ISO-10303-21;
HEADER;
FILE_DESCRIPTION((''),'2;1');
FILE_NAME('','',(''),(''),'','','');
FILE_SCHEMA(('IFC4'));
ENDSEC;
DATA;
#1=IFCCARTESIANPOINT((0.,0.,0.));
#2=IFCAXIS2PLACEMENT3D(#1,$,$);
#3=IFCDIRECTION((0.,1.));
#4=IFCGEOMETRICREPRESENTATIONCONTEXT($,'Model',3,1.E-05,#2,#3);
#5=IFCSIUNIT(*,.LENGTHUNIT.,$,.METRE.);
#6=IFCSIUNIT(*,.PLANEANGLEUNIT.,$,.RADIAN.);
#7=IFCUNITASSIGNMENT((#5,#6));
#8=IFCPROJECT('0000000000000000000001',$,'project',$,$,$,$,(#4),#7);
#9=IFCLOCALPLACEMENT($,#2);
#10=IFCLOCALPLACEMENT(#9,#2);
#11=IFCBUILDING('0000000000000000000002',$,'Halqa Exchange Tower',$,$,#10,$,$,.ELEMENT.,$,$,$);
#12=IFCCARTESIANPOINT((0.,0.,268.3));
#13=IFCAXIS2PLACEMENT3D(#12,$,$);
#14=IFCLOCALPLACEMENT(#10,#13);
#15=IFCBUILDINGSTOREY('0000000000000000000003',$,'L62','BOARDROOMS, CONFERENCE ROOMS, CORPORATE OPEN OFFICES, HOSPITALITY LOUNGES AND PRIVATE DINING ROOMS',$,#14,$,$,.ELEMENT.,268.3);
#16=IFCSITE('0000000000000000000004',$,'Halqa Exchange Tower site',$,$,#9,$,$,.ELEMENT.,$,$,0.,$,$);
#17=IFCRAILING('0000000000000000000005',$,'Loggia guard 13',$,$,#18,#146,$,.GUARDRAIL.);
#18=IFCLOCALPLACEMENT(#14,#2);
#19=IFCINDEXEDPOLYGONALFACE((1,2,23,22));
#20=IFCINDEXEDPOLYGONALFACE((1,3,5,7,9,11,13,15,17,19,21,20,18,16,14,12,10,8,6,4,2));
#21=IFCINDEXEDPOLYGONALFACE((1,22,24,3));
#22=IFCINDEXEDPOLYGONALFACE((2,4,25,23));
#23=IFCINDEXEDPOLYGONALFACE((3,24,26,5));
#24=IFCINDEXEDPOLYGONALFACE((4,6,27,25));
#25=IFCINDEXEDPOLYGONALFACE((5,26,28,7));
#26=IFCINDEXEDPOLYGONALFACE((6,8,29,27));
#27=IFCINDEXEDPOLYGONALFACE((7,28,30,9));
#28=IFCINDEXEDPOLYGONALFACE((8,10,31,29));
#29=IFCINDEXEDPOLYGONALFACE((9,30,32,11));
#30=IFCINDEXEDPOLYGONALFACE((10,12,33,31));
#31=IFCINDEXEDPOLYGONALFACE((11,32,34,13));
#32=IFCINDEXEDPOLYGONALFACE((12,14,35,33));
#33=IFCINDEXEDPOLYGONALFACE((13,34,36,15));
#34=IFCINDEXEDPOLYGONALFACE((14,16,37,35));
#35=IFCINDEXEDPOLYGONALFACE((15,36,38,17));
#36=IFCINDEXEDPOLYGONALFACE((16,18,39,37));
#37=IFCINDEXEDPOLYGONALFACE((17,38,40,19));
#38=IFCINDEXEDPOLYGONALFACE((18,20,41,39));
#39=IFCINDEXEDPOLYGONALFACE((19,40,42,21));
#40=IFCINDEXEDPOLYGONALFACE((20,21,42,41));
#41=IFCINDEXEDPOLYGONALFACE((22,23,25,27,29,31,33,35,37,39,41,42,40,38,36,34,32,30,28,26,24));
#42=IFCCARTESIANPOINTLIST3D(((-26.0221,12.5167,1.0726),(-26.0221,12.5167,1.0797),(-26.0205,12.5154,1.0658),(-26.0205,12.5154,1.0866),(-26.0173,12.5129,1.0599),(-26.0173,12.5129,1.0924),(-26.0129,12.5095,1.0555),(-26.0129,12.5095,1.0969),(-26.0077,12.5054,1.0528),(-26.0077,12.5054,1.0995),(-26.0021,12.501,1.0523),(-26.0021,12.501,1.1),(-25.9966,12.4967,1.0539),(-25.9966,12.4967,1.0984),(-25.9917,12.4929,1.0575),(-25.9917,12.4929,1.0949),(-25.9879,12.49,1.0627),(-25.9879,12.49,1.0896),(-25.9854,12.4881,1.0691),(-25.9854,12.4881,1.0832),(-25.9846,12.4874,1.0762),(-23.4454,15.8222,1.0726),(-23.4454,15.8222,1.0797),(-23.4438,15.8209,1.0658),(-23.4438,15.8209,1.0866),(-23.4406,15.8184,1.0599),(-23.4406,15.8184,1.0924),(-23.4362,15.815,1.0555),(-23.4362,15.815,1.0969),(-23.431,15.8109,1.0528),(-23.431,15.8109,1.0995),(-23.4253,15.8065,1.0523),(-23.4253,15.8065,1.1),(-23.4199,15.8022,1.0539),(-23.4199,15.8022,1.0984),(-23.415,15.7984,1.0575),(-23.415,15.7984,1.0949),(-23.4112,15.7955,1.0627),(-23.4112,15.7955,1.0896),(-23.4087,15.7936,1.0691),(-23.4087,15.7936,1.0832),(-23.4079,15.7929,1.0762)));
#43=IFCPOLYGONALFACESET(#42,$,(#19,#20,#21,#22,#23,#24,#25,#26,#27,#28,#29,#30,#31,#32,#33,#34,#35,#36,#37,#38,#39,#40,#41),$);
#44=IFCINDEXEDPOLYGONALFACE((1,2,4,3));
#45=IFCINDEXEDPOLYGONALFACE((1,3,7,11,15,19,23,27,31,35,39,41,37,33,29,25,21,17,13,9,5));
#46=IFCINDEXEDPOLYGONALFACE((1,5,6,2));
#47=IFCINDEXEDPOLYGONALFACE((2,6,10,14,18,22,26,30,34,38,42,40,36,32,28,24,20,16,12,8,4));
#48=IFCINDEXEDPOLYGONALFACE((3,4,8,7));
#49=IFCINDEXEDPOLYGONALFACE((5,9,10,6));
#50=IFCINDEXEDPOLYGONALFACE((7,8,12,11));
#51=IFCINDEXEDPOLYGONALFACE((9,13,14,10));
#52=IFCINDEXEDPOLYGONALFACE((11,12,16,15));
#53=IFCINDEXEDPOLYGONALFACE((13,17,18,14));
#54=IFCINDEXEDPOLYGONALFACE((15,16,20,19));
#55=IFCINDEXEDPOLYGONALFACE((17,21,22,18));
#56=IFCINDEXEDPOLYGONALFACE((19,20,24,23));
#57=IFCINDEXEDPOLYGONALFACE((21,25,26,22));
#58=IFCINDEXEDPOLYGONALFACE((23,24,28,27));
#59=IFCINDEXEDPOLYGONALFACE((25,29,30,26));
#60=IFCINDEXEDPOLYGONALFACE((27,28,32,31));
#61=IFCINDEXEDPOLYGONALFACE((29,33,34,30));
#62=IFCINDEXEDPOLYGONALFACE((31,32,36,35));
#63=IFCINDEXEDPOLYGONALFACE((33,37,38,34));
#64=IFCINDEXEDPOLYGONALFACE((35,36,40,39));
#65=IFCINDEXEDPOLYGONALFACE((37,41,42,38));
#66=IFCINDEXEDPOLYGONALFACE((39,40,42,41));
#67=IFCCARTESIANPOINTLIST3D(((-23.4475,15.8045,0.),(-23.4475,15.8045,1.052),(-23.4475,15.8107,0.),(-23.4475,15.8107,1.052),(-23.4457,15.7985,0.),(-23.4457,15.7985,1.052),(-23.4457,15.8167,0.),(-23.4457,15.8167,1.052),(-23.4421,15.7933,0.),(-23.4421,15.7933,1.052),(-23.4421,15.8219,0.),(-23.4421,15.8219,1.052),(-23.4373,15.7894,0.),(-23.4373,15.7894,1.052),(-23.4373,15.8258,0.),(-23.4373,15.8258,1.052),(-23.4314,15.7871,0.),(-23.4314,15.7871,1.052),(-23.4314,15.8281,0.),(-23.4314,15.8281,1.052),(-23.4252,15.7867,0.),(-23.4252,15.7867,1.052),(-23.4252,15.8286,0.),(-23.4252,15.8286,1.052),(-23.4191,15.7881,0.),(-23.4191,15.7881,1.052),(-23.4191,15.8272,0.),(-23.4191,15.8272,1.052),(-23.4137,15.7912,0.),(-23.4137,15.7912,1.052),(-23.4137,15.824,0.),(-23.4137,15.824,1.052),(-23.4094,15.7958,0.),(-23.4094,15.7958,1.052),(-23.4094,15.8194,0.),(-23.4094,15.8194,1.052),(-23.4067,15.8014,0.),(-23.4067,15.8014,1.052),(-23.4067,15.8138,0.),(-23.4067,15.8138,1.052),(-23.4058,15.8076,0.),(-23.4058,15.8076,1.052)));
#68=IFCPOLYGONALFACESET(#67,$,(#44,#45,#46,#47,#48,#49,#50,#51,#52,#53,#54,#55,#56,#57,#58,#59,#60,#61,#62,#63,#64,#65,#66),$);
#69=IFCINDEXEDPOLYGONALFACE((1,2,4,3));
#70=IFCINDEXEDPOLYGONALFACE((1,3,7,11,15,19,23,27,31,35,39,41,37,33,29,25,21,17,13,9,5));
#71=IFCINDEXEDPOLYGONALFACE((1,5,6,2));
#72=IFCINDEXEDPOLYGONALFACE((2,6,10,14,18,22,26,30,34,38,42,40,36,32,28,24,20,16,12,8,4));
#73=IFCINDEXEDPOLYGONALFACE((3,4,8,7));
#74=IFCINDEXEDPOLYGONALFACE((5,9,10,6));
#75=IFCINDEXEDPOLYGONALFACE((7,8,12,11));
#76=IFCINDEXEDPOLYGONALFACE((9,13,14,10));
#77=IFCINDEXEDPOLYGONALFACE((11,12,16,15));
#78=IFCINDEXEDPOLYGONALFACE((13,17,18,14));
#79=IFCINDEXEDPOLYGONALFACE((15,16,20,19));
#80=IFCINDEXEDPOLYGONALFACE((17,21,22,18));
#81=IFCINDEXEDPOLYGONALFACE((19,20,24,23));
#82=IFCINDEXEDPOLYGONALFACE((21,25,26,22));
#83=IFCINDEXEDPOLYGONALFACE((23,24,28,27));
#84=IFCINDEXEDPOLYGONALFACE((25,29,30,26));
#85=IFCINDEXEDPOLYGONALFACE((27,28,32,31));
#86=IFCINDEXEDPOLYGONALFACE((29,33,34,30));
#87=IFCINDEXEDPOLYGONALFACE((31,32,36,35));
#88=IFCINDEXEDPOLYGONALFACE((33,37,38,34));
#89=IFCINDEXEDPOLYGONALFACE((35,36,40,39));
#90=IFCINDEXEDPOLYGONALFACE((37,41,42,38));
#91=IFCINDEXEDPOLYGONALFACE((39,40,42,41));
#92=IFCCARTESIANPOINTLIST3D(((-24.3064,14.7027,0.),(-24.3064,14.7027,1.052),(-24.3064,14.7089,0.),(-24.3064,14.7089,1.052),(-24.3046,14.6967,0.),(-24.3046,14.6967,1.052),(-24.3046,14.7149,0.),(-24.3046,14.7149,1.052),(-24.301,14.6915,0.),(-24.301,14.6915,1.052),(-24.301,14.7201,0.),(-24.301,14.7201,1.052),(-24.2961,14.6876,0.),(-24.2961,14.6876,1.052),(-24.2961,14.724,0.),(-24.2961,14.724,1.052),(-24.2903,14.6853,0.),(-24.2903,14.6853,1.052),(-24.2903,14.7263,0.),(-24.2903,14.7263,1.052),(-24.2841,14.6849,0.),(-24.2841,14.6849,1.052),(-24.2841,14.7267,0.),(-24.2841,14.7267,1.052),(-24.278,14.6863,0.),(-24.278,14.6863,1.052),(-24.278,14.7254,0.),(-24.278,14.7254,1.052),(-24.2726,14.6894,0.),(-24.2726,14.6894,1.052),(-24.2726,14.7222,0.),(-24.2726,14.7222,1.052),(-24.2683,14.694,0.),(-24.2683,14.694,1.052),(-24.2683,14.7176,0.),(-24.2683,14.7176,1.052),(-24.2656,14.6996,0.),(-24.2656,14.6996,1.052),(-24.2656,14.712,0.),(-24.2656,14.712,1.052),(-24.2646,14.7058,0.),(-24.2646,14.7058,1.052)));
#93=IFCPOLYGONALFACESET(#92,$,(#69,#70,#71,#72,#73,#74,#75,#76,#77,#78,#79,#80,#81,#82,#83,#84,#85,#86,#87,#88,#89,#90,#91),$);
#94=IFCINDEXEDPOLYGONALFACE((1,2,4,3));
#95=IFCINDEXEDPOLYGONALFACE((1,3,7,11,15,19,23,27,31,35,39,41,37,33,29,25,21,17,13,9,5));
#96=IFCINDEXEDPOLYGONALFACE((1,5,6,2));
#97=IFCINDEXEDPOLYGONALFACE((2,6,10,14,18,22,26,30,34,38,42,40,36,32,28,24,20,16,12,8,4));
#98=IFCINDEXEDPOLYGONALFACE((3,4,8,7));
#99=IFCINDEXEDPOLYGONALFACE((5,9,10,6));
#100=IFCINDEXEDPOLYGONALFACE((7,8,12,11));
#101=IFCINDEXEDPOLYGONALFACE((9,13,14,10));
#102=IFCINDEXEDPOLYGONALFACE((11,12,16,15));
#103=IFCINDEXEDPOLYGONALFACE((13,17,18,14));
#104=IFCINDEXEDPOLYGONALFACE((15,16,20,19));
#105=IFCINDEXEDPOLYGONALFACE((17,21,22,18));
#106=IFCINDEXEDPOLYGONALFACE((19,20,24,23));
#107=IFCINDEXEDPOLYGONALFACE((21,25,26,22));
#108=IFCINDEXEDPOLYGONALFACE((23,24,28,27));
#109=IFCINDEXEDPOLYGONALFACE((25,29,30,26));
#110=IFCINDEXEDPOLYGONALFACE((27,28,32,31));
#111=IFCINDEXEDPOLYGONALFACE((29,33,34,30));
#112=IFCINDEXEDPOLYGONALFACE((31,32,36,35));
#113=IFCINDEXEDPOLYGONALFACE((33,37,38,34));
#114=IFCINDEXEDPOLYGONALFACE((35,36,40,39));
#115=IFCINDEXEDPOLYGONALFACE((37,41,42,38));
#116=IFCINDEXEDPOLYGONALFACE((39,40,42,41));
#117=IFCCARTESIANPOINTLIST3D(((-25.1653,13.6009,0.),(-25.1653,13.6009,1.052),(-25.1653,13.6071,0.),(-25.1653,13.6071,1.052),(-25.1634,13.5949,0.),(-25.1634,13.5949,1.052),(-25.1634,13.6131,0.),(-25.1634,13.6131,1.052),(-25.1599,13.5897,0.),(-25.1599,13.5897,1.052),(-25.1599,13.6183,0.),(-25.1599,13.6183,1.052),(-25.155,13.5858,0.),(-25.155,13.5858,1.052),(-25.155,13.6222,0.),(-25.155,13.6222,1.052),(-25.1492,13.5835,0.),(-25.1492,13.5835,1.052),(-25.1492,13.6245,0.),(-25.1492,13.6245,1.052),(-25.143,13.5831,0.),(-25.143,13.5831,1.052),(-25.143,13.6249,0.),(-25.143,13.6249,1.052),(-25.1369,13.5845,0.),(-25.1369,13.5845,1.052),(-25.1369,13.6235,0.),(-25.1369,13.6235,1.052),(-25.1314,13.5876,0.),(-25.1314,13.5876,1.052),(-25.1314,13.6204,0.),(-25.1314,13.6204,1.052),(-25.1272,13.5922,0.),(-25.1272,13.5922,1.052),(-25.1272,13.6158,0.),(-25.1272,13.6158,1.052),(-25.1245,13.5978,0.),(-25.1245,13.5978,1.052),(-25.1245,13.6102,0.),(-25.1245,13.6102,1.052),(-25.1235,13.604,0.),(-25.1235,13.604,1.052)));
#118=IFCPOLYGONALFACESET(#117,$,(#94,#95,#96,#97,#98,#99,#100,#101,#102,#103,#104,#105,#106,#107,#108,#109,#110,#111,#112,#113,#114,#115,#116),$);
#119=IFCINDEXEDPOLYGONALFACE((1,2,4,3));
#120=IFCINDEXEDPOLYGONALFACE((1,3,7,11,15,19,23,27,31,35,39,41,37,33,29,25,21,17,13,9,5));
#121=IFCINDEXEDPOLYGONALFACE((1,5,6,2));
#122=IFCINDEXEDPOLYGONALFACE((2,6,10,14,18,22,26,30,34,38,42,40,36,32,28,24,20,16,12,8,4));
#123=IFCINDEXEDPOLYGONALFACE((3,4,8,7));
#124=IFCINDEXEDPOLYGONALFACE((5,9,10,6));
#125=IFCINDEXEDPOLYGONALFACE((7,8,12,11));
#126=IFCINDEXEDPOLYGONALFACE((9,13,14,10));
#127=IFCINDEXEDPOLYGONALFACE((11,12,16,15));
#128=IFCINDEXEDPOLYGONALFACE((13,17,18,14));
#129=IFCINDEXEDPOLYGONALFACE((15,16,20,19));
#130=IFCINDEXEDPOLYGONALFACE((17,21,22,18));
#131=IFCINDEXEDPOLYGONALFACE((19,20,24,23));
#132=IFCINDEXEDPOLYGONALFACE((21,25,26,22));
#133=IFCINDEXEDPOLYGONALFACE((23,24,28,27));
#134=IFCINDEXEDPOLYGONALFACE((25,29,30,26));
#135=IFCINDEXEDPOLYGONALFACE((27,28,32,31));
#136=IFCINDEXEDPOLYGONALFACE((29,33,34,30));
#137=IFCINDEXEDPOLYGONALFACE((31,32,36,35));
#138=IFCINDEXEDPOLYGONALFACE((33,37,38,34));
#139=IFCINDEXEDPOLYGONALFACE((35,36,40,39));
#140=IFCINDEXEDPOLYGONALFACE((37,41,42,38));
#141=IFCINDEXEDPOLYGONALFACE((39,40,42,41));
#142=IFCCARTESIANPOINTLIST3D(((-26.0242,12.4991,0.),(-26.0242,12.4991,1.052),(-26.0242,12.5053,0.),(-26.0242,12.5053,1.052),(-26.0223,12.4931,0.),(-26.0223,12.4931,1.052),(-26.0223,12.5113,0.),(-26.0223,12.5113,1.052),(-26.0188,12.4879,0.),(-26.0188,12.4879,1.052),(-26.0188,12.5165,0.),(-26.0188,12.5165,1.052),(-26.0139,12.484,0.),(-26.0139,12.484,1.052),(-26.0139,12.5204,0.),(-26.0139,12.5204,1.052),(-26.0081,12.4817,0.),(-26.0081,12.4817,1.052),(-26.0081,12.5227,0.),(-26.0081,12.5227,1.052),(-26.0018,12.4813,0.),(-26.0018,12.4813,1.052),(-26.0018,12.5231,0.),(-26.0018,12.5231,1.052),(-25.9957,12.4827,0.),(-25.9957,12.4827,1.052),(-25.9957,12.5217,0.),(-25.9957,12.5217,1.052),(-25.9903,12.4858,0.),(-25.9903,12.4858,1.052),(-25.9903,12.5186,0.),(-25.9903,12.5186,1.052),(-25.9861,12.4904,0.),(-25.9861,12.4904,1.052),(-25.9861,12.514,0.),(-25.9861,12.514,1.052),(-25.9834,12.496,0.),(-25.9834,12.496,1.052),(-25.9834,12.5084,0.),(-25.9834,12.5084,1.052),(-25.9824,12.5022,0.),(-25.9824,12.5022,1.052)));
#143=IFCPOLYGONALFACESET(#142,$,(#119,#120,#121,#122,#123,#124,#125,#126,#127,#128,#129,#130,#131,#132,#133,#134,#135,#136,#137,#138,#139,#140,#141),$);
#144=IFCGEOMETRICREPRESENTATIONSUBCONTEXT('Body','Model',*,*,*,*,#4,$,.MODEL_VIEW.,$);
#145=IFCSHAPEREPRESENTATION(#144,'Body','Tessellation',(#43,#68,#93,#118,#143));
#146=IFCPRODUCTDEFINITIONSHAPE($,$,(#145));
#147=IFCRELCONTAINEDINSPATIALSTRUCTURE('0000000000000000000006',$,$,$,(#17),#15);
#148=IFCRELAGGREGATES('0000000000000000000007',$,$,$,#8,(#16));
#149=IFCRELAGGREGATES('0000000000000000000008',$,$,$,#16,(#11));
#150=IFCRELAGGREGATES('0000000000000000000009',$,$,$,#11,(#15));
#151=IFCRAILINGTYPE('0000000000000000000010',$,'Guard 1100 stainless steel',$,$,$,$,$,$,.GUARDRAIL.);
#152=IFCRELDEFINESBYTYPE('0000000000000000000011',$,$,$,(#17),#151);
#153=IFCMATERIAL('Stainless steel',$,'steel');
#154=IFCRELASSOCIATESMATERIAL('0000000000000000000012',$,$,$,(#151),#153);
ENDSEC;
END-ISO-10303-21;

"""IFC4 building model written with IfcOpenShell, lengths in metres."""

from ifc_helpers import new_model, si_unit, direction, frame, origin, origin_2d, place, context, subcontext, project, spatial, circle, extrude, material, type_object, element, save


model = new_model("IFC4")

# Units and contexts
model_context = context("Model", 3, precision=1e-05, world=origin(), true_north=direction((0.0, 1.0)))
body_context = subcontext(model_context, "Body", "Model", "MODEL_VIEW")
ifc_project = project(units=[si_unit("LENGTHUNIT", "METRE"), si_unit("PLANEANGLEUNIT", "RADIAN")], contexts=[model_context])

# Site, building, storey
site_placement = place(None, origin())
site = spatial("IfcSite", under=ifc_project, at=site_placement, Name="Halqa Exchange Tower site", CompositionType="ELEMENT", RefElevation=0.0)
building_placement = place(site_placement, origin())
building = spatial("IfcBuilding", under=site, at=building_placement, Name="Halqa Exchange Tower", CompositionType="ELEMENT")
storey_placement = place(building_placement, frame((0.0, 0.0, 268.3)))
storey = spatial("IfcBuildingStorey", under=building, at=storey_placement, Name="L62", Description="BOARDROOMS, CONFERENCE ROOMS, CORPORATE OPEN OFFICES, HOSPITALITY LOUNGES AND PRIVATE DINING ROOMS", CompositionType="ELEMENT", Elevation=268.3)

# Railing
ifc_material_1 = material(Name="Stainless steel", Category="steel")
railing_type = type_object("IfcRailingType", Name="Guard 1100 stainless steel", PredefinedType="GUARDRAIL", material=ifc_material_1)
railing_1_placement = place(storey_placement, frame((-23.4268, 15.8076, 0.0)))
element("IfcRailing", 1, at=railing_1_placement, inside=storey, type_object=railing_type, Name="Loggia guard 13", PredefinedType="GUARDRAIL", context=body_context, shape_type="SweptSolid", body=[
    extrude(circle(Radius=0.0239, at=origin_2d()), frame((0.0, 0.0, 1.0762), z_axis=(-0.614799, -0.788684, 0.0), x_axis=(0.788684, -0.614799, 0.0)), (0.0, 0.0, 1.0), 4.1912),
    extrude(circle(Radius=0.021, at=origin_2d()), origin(), (0.0, 0.0, 1.0), 1.052),
    extrude(circle(Radius=0.021, at=origin_2d()), frame((-0.8589, -1.1018, 0.0)), (0.0, 0.0, 1.0), 1.052),
    extrude(circle(Radius=0.021, at=origin_2d()), frame((-1.7178, -2.2036, 0.0)), (0.0, 0.0, 1.0), 1.052),
    extrude(circle(Radius=0.021, at=origin_2d()), frame((-2.5767, -3.3054, 0.0)), (0.0, 0.0, 1.0), 1.052),
])

save(model, "model.ifc")
